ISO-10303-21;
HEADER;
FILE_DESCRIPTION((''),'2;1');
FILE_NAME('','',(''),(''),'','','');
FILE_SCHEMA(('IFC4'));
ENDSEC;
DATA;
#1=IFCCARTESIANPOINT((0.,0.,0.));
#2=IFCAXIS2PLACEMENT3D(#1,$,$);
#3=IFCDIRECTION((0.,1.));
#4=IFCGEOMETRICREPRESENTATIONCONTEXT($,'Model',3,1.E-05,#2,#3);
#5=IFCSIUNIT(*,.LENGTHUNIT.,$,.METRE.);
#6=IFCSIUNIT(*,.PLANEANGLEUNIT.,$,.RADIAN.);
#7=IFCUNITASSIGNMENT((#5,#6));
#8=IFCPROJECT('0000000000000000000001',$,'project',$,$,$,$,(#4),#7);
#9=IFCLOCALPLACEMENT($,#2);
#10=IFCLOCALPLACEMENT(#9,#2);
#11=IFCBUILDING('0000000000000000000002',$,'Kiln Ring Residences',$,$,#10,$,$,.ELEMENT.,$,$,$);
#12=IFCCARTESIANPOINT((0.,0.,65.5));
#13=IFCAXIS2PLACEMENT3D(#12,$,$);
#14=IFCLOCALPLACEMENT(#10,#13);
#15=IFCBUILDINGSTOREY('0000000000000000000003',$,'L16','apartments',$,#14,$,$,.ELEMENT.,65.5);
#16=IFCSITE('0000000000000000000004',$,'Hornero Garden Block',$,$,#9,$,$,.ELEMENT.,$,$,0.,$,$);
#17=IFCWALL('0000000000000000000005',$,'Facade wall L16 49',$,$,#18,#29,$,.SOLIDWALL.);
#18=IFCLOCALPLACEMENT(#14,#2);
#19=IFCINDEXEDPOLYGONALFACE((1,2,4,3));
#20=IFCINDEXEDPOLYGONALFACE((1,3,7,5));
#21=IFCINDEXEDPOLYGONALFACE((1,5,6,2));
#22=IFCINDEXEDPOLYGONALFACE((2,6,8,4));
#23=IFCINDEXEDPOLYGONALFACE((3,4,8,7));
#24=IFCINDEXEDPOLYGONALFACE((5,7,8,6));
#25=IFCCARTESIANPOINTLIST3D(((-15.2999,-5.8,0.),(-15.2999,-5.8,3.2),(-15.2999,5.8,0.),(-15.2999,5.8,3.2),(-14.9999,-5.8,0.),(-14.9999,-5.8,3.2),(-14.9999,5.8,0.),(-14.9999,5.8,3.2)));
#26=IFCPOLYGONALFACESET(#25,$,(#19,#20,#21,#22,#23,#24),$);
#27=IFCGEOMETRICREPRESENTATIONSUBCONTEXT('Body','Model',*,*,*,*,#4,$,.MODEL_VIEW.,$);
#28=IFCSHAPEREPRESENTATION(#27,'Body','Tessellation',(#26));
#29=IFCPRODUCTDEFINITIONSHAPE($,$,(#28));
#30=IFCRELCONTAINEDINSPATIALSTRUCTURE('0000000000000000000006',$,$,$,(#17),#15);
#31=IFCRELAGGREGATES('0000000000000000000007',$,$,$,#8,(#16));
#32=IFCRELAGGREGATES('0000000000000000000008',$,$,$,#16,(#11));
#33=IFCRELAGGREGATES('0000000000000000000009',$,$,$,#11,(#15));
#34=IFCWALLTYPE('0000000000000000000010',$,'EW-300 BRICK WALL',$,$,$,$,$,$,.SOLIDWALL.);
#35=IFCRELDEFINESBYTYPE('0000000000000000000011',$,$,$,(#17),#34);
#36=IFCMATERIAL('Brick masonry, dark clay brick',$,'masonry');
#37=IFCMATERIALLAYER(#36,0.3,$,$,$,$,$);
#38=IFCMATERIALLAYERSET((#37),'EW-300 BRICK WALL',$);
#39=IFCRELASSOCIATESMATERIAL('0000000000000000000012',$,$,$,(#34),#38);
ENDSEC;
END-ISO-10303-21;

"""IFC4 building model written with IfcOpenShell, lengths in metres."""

from ifc_helpers import new_model, si_unit, direction, frame, frame_2d, origin, place, context, subcontext, project, spatial, rectangle, extrude, material, layer, layer_set, type_object, element, save


model = new_model("IFC4")

# Units and contexts
model_context = context("Model", 3, precision=1e-05, world=origin(), true_north=direction((0.0, 1.0)))
body_context = subcontext(model_context, "Body", "Model", "MODEL_VIEW")
ifc_project = project(units=[si_unit("LENGTHUNIT", "METRE"), si_unit("PLANEANGLEUNIT", "RADIAN")], contexts=[model_context])

# Site, building, storey
site_placement = place(None, origin())
site = spatial("IfcSite", under=ifc_project, at=site_placement, Name="Hornero Garden Block", CompositionType="ELEMENT", RefElevation=0.0)
building_placement = place(site_placement, origin())
building = spatial("IfcBuilding", under=site, at=building_placement, Name="Kiln Ring Residences", CompositionType="ELEMENT")
storey_placement = place(building_placement, frame((0.0, 0.0, 65.5)))
storey = spatial("IfcBuildingStorey", under=building, at=storey_placement, Name="L16", Description="apartments", CompositionType="ELEMENT", Elevation=65.5)

# Wall
ifc_material_1 = material(Name="Brick masonry, dark clay brick", Category="masonry")
ifc_layer_1 = layer(ifc_material_1, 0.3)
ifc_layer_set_1 = layer_set([ifc_layer_1], Name="EW-300 BRICK WALL")
wall_type_1 = type_object("IfcWallType", Name="EW-300 BRICK WALL", PredefinedType="SOLIDWALL", material=ifc_layer_set_1)
wall_1_placement = place(storey_placement, frame((-15.1499, -5.8, 0.0), z_axis=(0.0, 0.0, 1.0), x_axis=(0.0, 1.0, 0.0)))
element("IfcWall", 1, at=wall_1_placement, inside=storey, type_object=wall_type_1, Name="Facade wall L16 49", PredefinedType="SOLIDWALL", context=body_context, shape_type="SweptSolid", body=[
    extrude(rectangle(XDim=11.6001, YDim=0.3, at=frame_2d((5.8, 0.0))), origin(), (0.0, 0.0, 1.0), 3.2),
])

save(model, "model.ifc")
